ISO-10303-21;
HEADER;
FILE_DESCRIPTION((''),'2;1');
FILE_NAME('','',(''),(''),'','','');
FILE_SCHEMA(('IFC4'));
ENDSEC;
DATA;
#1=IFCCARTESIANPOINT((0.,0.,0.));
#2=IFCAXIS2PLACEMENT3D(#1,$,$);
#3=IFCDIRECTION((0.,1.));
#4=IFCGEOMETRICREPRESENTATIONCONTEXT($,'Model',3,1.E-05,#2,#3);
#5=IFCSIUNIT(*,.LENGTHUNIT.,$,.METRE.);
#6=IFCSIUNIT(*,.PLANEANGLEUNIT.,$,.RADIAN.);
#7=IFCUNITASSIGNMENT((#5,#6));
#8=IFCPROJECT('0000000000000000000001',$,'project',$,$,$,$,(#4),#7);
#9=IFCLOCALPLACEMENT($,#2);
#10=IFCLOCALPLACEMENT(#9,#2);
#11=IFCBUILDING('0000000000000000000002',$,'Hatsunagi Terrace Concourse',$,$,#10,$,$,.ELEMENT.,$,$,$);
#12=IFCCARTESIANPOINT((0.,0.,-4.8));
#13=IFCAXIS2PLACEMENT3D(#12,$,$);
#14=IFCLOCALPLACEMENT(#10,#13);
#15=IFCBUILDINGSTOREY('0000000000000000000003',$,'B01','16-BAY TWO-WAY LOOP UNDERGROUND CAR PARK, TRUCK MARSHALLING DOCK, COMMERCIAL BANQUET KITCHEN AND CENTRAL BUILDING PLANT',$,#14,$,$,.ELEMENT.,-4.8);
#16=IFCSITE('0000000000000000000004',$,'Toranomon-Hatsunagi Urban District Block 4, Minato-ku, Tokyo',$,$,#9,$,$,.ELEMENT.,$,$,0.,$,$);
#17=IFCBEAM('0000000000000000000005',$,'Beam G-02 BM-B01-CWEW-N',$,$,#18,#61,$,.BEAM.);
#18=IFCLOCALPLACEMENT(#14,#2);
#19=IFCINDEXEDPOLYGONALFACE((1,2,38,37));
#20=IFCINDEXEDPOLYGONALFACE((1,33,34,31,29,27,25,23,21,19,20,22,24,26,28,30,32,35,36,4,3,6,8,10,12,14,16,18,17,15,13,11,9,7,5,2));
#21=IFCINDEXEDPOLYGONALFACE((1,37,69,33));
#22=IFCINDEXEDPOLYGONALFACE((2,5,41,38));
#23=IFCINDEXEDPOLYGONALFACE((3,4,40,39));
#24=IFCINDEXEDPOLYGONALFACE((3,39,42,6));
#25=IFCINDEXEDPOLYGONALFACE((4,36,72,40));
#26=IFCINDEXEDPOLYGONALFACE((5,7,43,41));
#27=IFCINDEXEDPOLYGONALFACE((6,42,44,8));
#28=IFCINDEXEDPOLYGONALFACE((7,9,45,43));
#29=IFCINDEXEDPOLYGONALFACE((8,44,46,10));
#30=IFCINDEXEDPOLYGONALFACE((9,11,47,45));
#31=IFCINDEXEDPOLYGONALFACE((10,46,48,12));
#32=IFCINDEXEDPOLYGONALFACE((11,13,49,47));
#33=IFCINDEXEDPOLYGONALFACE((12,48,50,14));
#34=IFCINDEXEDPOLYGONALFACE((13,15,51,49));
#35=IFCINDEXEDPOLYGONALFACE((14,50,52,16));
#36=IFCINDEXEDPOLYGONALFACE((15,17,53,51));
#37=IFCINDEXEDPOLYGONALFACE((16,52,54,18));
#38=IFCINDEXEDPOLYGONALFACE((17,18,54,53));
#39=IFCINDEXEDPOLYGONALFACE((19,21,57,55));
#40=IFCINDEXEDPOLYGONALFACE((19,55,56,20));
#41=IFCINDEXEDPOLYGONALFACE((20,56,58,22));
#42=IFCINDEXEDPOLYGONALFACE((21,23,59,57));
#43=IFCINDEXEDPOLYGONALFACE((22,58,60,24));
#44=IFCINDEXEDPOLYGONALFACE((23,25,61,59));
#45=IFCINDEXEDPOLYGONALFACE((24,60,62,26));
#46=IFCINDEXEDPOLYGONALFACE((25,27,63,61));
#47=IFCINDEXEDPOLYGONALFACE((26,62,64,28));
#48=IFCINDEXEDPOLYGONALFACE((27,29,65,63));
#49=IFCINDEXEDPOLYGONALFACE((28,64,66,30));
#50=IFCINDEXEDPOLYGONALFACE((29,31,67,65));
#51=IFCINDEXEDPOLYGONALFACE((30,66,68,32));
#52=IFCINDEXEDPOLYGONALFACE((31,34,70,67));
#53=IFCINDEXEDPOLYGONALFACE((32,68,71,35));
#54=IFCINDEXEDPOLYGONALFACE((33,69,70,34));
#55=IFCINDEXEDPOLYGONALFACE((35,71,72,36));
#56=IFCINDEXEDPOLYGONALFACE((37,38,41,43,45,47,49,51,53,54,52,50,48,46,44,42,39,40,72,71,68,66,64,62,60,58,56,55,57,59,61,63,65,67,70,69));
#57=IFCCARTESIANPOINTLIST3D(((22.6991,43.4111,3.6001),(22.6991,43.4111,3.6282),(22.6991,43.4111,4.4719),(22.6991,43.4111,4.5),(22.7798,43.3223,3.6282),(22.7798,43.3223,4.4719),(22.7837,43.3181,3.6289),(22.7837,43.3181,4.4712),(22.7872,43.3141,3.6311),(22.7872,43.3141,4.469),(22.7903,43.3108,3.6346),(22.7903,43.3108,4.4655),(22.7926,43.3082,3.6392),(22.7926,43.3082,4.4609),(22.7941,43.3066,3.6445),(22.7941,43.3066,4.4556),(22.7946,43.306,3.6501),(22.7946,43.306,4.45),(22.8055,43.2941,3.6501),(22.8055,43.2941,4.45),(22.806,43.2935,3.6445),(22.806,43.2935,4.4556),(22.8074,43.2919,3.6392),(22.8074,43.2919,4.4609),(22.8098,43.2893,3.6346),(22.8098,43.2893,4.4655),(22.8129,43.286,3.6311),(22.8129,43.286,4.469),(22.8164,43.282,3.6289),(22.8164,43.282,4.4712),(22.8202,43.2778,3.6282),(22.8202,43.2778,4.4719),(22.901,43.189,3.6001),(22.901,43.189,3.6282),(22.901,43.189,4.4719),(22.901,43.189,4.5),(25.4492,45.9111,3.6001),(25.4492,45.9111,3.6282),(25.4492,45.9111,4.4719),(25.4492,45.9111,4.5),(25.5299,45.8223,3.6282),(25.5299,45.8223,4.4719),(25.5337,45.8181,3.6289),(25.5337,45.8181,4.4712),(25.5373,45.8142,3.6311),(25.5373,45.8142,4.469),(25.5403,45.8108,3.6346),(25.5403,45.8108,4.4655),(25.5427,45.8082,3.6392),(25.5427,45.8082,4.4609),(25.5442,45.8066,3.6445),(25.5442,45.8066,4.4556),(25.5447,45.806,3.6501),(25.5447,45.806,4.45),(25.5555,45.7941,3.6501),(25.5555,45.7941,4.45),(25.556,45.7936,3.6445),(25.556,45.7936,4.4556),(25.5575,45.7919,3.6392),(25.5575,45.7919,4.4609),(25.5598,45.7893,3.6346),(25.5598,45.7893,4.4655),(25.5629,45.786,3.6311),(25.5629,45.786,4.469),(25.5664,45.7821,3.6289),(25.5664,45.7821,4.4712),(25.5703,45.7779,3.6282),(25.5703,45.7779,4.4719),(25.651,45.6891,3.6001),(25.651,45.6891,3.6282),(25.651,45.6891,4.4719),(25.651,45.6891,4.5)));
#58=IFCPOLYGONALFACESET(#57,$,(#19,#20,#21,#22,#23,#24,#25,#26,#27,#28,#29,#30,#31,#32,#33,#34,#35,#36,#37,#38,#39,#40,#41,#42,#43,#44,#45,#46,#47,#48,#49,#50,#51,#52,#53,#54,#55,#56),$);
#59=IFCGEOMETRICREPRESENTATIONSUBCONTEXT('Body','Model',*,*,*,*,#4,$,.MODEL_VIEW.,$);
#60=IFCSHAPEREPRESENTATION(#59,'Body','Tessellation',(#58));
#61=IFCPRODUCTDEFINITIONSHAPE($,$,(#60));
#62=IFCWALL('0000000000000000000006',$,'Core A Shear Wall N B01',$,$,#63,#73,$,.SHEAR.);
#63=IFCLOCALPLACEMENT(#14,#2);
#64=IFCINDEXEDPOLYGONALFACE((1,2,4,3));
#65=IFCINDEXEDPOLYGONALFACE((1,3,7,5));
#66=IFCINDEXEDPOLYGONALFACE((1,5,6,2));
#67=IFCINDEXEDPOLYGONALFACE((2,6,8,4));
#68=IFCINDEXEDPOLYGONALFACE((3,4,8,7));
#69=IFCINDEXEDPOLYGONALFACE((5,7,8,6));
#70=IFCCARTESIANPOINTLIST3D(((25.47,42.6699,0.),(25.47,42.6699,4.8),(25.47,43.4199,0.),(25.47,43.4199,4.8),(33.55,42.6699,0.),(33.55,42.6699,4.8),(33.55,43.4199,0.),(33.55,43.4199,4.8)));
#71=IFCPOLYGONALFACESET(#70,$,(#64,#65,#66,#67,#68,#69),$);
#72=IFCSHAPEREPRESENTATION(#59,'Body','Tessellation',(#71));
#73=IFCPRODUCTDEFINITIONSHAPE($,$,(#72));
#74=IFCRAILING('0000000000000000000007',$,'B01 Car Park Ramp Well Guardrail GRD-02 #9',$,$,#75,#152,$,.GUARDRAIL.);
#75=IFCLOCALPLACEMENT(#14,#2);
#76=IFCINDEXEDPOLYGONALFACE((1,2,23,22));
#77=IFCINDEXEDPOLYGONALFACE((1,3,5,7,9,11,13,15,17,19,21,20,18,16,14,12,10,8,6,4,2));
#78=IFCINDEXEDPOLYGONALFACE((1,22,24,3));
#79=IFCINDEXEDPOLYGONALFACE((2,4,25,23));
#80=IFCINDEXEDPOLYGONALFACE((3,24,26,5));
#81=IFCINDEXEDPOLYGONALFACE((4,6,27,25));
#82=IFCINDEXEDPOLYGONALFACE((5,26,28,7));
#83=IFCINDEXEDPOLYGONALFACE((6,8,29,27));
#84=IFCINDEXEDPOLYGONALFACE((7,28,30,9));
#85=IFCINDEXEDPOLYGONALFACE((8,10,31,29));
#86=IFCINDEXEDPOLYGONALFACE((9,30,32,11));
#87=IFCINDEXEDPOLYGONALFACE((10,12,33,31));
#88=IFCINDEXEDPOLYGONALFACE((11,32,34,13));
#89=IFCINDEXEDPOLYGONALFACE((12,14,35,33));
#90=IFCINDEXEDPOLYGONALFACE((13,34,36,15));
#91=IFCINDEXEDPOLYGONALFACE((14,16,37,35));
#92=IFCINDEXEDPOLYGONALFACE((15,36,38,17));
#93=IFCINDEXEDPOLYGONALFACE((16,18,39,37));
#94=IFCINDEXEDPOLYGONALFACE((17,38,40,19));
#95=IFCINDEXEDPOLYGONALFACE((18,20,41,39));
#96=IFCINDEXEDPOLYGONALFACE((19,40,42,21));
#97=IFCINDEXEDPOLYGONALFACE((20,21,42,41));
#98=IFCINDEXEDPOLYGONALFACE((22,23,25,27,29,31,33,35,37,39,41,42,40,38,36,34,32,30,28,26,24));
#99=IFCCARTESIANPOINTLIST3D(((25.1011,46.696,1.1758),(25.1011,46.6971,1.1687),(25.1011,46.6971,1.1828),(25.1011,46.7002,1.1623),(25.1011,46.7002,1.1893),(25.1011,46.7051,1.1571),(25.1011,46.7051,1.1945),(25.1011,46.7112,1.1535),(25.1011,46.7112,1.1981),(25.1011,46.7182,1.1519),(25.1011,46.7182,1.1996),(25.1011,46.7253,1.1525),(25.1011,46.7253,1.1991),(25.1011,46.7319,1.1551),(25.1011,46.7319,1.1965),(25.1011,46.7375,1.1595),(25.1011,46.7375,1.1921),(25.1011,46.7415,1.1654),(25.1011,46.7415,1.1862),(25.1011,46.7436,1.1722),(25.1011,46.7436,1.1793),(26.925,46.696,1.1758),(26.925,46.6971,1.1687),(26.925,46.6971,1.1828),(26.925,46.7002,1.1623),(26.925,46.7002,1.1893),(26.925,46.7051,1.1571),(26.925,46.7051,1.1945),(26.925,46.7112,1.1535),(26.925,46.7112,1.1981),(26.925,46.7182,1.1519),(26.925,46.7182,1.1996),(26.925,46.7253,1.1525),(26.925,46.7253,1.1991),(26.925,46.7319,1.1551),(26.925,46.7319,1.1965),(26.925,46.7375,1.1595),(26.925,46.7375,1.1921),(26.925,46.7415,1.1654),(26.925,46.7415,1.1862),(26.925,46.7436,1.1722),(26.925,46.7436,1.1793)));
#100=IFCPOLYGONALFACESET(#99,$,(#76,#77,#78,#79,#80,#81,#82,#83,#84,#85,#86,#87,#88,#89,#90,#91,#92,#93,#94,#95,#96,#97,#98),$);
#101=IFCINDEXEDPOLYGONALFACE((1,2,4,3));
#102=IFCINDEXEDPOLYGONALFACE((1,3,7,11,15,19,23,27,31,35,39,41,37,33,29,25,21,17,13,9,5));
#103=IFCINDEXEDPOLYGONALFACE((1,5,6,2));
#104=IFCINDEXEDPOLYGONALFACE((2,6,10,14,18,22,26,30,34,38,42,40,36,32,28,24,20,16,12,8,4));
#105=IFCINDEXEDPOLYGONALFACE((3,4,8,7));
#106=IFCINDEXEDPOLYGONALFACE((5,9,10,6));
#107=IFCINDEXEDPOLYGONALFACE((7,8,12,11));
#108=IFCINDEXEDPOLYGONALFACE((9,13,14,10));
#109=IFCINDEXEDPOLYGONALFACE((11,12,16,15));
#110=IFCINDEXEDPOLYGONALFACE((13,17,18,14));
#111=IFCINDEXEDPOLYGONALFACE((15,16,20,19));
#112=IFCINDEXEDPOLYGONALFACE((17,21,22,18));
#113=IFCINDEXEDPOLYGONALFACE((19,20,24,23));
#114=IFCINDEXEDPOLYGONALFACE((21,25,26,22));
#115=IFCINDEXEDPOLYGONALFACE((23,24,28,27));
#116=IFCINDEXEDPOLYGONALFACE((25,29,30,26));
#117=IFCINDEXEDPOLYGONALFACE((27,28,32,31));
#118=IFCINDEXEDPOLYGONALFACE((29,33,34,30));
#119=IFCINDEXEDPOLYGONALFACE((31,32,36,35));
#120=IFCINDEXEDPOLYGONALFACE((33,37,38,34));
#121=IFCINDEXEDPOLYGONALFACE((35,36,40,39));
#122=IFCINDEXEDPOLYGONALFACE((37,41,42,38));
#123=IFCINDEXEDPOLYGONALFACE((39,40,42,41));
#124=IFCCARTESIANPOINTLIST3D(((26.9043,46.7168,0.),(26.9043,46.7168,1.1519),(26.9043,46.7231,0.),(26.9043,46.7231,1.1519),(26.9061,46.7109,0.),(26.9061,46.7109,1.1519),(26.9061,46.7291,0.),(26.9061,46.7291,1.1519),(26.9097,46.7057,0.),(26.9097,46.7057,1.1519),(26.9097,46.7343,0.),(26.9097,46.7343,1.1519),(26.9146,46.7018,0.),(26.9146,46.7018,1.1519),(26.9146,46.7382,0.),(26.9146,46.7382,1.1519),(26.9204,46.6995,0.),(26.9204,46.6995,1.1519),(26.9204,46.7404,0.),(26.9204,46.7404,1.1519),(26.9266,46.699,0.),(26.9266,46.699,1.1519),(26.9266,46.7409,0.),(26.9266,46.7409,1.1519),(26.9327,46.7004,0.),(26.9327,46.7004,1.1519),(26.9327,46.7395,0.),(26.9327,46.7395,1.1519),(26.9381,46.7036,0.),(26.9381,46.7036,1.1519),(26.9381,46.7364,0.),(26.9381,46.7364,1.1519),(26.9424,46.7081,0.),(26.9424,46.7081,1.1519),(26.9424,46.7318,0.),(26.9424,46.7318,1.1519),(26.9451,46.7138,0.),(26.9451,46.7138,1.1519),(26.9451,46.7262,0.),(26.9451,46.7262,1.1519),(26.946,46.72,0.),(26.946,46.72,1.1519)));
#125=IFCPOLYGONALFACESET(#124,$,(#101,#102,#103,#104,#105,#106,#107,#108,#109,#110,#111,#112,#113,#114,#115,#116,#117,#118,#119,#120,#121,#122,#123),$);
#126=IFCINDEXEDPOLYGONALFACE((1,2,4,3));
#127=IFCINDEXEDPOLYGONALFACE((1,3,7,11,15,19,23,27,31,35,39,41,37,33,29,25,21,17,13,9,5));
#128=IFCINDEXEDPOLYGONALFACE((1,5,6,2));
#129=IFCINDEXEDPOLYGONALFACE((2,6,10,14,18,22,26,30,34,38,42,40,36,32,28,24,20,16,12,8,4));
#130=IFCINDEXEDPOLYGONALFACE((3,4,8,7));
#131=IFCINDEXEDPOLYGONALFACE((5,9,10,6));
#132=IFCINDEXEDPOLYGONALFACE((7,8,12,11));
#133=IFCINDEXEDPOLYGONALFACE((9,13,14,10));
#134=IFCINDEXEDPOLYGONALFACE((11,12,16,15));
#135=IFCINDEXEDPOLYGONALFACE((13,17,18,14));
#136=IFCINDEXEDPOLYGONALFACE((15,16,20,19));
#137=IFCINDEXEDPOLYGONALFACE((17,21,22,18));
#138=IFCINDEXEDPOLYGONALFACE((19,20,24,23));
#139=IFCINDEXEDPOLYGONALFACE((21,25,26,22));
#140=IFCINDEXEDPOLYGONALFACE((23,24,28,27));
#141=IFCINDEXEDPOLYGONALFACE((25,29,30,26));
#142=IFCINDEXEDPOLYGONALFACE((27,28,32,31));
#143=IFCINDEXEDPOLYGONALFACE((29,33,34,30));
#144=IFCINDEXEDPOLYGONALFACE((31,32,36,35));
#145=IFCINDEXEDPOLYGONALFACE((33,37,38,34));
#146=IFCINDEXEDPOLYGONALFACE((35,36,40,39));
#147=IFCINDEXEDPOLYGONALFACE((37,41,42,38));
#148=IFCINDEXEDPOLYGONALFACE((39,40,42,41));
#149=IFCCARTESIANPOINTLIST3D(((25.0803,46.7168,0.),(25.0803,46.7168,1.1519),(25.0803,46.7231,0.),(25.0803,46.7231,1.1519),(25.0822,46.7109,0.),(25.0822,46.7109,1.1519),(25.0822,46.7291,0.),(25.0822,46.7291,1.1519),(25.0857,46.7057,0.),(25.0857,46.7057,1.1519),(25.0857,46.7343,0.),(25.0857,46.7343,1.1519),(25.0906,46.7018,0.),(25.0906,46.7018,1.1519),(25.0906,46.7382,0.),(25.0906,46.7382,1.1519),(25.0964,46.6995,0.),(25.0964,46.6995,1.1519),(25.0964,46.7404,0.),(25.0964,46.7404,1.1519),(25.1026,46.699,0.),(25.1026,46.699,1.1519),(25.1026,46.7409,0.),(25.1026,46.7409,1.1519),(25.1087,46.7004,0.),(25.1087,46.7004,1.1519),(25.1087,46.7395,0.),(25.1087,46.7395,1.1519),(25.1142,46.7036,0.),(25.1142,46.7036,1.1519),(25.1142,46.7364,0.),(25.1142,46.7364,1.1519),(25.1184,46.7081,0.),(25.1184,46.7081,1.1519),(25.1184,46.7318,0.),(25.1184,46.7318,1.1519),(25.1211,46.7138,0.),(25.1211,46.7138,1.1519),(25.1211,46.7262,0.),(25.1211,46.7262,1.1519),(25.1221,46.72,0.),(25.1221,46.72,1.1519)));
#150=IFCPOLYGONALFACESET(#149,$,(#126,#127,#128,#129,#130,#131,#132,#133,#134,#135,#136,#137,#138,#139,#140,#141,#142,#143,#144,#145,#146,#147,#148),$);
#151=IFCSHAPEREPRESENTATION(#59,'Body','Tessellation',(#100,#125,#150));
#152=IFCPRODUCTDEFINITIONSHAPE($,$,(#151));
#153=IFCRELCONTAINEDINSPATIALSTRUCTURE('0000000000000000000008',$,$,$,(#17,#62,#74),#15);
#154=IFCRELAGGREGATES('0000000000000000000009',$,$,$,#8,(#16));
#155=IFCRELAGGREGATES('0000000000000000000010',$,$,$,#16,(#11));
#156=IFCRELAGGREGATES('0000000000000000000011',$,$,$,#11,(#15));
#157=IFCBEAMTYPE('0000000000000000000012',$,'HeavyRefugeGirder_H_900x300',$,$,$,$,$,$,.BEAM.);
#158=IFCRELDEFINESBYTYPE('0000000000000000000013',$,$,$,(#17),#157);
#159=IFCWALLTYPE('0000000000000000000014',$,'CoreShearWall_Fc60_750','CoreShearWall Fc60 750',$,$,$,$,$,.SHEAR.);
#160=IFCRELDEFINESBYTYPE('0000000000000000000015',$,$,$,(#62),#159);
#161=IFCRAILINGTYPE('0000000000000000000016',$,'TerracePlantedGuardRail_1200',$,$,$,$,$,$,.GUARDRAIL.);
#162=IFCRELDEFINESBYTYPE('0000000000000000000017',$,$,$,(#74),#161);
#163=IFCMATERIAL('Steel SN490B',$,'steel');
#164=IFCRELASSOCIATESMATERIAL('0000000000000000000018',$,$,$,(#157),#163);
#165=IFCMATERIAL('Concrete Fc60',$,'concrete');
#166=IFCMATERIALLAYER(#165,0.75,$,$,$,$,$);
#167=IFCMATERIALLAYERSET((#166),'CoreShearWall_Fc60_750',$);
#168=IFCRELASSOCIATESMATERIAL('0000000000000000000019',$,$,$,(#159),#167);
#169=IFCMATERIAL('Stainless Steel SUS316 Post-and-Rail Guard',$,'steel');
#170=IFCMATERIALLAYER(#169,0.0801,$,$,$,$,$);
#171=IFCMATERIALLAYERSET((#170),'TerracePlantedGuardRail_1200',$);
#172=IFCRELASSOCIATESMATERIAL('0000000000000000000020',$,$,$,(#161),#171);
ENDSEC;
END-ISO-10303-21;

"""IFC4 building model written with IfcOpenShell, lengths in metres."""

from ifc_helpers import new_model, si_unit, direction, frame, frame_2d, origin, origin_2d, place, context, subcontext, project, spatial, rectangle, circle, i_section, extrude, material, layer, layer_set, material_profile, profile_set, type_object, element, save


model = new_model("IFC4")

# Units and contexts
model_context = context("Model", 3, precision=1e-05, world=origin(), true_north=direction((0.0, 1.0)))
body_context = subcontext(model_context, "Body", "Model", "MODEL_VIEW")
ifc_project = project(units=[si_unit("LENGTHUNIT", "METRE"), si_unit("PLANEANGLEUNIT", "RADIAN")], contexts=[model_context])

# Site, building, storey
site_placement = place(None, origin())
site = spatial("IfcSite", under=ifc_project, at=site_placement, Name="Toranomon-Hatsunagi Urban District Block 4, Minato-ku, Tokyo", CompositionType="ELEMENT", RefElevation=0.0)
building_placement = place(site_placement, origin())
building = spatial("IfcBuilding", under=site, at=building_placement, Name="Hatsunagi Terrace Concourse", CompositionType="ELEMENT")
storey_placement = place(building_placement, frame((0.0, 0.0, -4.8)))
storey = spatial("IfcBuildingStorey", under=building, at=storey_placement, Name="B01", Description="16-BAY TWO-WAY LOOP UNDERGROUND CAR PARK, TRUCK MARSHALLING DOCK, COMMERCIAL BANQUET KITCHEN AND CENTRAL BUILDING PLANT", CompositionType="ELEMENT", Elevation=-4.8)

# Beam
ifc_material_1 = material(Name="Steel SN490B", Category="steel")
ifc_material_profile_1 = material_profile(ifc_material_1, i_section(OverallWidth=0.3, OverallDepth=0.8999, WebThickness=0.0161, FlangeThickness=0.0281, FilletRadius=0.022, at=origin_2d()), Name="H-900x300x16x28")
ifc_profile_set_1 = profile_set([ifc_material_profile_1], Name="Steel SN490B")
beam_type = type_object("IfcBeamType", Name="HeavyRefugeGirder_H_900x300", PredefinedType="BEAM", material=ifc_profile_set_1)
beam_1_placement = place(storey_placement, frame((22.8, 43.3, 4.05), z_axis=(0.73994, 0.672673, 0.0), x_axis=(-0.672673, 0.73994, 0.0)))
element("IfcBeam", 1, at=beam_1_placement, inside=storey, type_object=beam_type, Name="Beam G-02 BM-B01-CWEW-N", PredefinedType="BEAM", context=body_context, shape_type="SweptSolid", body=[
    extrude(i_section(OverallWidth=0.3, OverallDepth=0.8999, WebThickness=0.0161, FlangeThickness=0.0281, FilletRadius=0.022, at=origin_2d()), origin(), (0.0, 0.0, 1.0), 3.7166),
])

# Wall
ifc_material_2 = material(Name="Concrete Fc60", Category="concrete")
ifc_layer_1 = layer(ifc_material_2, 0.75)
ifc_layer_set_1 = layer_set([ifc_layer_1], Name="CoreShearWall_Fc60_750")
wall_type = type_object("IfcWallType", Name="CoreShearWall_Fc60_750", Description="CoreShearWall Fc60 750", PredefinedType="SHEAR", material=ifc_layer_set_1)
wall_placement = place(storey_placement, frame((25.47, 43.0449, 0.0), z_axis=(0.0, 0.0, 1.0), x_axis=(1.0, 0.0, 0.0)))
element("IfcWall", 2, at=wall_placement, inside=storey, type_object=wall_type, Name="Core A Shear Wall N B01", PredefinedType="SHEAR", context=body_context, shape_type="SweptSolid", body=[
    extrude(rectangle(XDim=8.0801, YDim=0.75, at=frame_2d((4.04, 0.0))), origin(), (0.0, 0.0, 1.0), 4.8),
])

# Railing
ifc_material_3 = material(Name="Stainless Steel SUS316 Post-and-Rail Guard", Category="steel")
ifc_layer_2 = layer(ifc_material_3, 0.0801)
ifc_layer_set_2 = layer_set([ifc_layer_2], Name="TerracePlantedGuardRail_1200")
railing_type = type_object("IfcRailingType", Name="TerracePlantedGuardRail_1200", PredefinedType="GUARDRAIL", material=ifc_layer_set_2)
railing_1_placement = place(storey_placement, frame((26.925, 46.72, 0.0)))
element("IfcRailing", 3, at=railing_1_placement, inside=storey, type_object=railing_type, Name="B01 Car Park Ramp Well Guardrail GRD-02 #9", PredefinedType="GUARDRAIL", context=body_context, shape_type="SweptSolid", body=[
    extrude(circle(Radius=0.0239, at=origin_2d()), frame((0.0, 0.0, 1.1758), z_axis=(-1.0, 0.0, 0.0), x_axis=(0.0, -1.0, 0.0)), (0.0, 0.0, 1.0), 1.824),
    extrude(circle(Radius=0.021, at=origin_2d()), origin(), (0.0, 0.0, 1.0), 1.1519),
    extrude(circle(Radius=0.021, at=origin_2d()), frame((-1.824, 0.0, 0.0)), (0.0, 0.0, 1.0), 1.1519),
])

save(model, "model.ifc")
